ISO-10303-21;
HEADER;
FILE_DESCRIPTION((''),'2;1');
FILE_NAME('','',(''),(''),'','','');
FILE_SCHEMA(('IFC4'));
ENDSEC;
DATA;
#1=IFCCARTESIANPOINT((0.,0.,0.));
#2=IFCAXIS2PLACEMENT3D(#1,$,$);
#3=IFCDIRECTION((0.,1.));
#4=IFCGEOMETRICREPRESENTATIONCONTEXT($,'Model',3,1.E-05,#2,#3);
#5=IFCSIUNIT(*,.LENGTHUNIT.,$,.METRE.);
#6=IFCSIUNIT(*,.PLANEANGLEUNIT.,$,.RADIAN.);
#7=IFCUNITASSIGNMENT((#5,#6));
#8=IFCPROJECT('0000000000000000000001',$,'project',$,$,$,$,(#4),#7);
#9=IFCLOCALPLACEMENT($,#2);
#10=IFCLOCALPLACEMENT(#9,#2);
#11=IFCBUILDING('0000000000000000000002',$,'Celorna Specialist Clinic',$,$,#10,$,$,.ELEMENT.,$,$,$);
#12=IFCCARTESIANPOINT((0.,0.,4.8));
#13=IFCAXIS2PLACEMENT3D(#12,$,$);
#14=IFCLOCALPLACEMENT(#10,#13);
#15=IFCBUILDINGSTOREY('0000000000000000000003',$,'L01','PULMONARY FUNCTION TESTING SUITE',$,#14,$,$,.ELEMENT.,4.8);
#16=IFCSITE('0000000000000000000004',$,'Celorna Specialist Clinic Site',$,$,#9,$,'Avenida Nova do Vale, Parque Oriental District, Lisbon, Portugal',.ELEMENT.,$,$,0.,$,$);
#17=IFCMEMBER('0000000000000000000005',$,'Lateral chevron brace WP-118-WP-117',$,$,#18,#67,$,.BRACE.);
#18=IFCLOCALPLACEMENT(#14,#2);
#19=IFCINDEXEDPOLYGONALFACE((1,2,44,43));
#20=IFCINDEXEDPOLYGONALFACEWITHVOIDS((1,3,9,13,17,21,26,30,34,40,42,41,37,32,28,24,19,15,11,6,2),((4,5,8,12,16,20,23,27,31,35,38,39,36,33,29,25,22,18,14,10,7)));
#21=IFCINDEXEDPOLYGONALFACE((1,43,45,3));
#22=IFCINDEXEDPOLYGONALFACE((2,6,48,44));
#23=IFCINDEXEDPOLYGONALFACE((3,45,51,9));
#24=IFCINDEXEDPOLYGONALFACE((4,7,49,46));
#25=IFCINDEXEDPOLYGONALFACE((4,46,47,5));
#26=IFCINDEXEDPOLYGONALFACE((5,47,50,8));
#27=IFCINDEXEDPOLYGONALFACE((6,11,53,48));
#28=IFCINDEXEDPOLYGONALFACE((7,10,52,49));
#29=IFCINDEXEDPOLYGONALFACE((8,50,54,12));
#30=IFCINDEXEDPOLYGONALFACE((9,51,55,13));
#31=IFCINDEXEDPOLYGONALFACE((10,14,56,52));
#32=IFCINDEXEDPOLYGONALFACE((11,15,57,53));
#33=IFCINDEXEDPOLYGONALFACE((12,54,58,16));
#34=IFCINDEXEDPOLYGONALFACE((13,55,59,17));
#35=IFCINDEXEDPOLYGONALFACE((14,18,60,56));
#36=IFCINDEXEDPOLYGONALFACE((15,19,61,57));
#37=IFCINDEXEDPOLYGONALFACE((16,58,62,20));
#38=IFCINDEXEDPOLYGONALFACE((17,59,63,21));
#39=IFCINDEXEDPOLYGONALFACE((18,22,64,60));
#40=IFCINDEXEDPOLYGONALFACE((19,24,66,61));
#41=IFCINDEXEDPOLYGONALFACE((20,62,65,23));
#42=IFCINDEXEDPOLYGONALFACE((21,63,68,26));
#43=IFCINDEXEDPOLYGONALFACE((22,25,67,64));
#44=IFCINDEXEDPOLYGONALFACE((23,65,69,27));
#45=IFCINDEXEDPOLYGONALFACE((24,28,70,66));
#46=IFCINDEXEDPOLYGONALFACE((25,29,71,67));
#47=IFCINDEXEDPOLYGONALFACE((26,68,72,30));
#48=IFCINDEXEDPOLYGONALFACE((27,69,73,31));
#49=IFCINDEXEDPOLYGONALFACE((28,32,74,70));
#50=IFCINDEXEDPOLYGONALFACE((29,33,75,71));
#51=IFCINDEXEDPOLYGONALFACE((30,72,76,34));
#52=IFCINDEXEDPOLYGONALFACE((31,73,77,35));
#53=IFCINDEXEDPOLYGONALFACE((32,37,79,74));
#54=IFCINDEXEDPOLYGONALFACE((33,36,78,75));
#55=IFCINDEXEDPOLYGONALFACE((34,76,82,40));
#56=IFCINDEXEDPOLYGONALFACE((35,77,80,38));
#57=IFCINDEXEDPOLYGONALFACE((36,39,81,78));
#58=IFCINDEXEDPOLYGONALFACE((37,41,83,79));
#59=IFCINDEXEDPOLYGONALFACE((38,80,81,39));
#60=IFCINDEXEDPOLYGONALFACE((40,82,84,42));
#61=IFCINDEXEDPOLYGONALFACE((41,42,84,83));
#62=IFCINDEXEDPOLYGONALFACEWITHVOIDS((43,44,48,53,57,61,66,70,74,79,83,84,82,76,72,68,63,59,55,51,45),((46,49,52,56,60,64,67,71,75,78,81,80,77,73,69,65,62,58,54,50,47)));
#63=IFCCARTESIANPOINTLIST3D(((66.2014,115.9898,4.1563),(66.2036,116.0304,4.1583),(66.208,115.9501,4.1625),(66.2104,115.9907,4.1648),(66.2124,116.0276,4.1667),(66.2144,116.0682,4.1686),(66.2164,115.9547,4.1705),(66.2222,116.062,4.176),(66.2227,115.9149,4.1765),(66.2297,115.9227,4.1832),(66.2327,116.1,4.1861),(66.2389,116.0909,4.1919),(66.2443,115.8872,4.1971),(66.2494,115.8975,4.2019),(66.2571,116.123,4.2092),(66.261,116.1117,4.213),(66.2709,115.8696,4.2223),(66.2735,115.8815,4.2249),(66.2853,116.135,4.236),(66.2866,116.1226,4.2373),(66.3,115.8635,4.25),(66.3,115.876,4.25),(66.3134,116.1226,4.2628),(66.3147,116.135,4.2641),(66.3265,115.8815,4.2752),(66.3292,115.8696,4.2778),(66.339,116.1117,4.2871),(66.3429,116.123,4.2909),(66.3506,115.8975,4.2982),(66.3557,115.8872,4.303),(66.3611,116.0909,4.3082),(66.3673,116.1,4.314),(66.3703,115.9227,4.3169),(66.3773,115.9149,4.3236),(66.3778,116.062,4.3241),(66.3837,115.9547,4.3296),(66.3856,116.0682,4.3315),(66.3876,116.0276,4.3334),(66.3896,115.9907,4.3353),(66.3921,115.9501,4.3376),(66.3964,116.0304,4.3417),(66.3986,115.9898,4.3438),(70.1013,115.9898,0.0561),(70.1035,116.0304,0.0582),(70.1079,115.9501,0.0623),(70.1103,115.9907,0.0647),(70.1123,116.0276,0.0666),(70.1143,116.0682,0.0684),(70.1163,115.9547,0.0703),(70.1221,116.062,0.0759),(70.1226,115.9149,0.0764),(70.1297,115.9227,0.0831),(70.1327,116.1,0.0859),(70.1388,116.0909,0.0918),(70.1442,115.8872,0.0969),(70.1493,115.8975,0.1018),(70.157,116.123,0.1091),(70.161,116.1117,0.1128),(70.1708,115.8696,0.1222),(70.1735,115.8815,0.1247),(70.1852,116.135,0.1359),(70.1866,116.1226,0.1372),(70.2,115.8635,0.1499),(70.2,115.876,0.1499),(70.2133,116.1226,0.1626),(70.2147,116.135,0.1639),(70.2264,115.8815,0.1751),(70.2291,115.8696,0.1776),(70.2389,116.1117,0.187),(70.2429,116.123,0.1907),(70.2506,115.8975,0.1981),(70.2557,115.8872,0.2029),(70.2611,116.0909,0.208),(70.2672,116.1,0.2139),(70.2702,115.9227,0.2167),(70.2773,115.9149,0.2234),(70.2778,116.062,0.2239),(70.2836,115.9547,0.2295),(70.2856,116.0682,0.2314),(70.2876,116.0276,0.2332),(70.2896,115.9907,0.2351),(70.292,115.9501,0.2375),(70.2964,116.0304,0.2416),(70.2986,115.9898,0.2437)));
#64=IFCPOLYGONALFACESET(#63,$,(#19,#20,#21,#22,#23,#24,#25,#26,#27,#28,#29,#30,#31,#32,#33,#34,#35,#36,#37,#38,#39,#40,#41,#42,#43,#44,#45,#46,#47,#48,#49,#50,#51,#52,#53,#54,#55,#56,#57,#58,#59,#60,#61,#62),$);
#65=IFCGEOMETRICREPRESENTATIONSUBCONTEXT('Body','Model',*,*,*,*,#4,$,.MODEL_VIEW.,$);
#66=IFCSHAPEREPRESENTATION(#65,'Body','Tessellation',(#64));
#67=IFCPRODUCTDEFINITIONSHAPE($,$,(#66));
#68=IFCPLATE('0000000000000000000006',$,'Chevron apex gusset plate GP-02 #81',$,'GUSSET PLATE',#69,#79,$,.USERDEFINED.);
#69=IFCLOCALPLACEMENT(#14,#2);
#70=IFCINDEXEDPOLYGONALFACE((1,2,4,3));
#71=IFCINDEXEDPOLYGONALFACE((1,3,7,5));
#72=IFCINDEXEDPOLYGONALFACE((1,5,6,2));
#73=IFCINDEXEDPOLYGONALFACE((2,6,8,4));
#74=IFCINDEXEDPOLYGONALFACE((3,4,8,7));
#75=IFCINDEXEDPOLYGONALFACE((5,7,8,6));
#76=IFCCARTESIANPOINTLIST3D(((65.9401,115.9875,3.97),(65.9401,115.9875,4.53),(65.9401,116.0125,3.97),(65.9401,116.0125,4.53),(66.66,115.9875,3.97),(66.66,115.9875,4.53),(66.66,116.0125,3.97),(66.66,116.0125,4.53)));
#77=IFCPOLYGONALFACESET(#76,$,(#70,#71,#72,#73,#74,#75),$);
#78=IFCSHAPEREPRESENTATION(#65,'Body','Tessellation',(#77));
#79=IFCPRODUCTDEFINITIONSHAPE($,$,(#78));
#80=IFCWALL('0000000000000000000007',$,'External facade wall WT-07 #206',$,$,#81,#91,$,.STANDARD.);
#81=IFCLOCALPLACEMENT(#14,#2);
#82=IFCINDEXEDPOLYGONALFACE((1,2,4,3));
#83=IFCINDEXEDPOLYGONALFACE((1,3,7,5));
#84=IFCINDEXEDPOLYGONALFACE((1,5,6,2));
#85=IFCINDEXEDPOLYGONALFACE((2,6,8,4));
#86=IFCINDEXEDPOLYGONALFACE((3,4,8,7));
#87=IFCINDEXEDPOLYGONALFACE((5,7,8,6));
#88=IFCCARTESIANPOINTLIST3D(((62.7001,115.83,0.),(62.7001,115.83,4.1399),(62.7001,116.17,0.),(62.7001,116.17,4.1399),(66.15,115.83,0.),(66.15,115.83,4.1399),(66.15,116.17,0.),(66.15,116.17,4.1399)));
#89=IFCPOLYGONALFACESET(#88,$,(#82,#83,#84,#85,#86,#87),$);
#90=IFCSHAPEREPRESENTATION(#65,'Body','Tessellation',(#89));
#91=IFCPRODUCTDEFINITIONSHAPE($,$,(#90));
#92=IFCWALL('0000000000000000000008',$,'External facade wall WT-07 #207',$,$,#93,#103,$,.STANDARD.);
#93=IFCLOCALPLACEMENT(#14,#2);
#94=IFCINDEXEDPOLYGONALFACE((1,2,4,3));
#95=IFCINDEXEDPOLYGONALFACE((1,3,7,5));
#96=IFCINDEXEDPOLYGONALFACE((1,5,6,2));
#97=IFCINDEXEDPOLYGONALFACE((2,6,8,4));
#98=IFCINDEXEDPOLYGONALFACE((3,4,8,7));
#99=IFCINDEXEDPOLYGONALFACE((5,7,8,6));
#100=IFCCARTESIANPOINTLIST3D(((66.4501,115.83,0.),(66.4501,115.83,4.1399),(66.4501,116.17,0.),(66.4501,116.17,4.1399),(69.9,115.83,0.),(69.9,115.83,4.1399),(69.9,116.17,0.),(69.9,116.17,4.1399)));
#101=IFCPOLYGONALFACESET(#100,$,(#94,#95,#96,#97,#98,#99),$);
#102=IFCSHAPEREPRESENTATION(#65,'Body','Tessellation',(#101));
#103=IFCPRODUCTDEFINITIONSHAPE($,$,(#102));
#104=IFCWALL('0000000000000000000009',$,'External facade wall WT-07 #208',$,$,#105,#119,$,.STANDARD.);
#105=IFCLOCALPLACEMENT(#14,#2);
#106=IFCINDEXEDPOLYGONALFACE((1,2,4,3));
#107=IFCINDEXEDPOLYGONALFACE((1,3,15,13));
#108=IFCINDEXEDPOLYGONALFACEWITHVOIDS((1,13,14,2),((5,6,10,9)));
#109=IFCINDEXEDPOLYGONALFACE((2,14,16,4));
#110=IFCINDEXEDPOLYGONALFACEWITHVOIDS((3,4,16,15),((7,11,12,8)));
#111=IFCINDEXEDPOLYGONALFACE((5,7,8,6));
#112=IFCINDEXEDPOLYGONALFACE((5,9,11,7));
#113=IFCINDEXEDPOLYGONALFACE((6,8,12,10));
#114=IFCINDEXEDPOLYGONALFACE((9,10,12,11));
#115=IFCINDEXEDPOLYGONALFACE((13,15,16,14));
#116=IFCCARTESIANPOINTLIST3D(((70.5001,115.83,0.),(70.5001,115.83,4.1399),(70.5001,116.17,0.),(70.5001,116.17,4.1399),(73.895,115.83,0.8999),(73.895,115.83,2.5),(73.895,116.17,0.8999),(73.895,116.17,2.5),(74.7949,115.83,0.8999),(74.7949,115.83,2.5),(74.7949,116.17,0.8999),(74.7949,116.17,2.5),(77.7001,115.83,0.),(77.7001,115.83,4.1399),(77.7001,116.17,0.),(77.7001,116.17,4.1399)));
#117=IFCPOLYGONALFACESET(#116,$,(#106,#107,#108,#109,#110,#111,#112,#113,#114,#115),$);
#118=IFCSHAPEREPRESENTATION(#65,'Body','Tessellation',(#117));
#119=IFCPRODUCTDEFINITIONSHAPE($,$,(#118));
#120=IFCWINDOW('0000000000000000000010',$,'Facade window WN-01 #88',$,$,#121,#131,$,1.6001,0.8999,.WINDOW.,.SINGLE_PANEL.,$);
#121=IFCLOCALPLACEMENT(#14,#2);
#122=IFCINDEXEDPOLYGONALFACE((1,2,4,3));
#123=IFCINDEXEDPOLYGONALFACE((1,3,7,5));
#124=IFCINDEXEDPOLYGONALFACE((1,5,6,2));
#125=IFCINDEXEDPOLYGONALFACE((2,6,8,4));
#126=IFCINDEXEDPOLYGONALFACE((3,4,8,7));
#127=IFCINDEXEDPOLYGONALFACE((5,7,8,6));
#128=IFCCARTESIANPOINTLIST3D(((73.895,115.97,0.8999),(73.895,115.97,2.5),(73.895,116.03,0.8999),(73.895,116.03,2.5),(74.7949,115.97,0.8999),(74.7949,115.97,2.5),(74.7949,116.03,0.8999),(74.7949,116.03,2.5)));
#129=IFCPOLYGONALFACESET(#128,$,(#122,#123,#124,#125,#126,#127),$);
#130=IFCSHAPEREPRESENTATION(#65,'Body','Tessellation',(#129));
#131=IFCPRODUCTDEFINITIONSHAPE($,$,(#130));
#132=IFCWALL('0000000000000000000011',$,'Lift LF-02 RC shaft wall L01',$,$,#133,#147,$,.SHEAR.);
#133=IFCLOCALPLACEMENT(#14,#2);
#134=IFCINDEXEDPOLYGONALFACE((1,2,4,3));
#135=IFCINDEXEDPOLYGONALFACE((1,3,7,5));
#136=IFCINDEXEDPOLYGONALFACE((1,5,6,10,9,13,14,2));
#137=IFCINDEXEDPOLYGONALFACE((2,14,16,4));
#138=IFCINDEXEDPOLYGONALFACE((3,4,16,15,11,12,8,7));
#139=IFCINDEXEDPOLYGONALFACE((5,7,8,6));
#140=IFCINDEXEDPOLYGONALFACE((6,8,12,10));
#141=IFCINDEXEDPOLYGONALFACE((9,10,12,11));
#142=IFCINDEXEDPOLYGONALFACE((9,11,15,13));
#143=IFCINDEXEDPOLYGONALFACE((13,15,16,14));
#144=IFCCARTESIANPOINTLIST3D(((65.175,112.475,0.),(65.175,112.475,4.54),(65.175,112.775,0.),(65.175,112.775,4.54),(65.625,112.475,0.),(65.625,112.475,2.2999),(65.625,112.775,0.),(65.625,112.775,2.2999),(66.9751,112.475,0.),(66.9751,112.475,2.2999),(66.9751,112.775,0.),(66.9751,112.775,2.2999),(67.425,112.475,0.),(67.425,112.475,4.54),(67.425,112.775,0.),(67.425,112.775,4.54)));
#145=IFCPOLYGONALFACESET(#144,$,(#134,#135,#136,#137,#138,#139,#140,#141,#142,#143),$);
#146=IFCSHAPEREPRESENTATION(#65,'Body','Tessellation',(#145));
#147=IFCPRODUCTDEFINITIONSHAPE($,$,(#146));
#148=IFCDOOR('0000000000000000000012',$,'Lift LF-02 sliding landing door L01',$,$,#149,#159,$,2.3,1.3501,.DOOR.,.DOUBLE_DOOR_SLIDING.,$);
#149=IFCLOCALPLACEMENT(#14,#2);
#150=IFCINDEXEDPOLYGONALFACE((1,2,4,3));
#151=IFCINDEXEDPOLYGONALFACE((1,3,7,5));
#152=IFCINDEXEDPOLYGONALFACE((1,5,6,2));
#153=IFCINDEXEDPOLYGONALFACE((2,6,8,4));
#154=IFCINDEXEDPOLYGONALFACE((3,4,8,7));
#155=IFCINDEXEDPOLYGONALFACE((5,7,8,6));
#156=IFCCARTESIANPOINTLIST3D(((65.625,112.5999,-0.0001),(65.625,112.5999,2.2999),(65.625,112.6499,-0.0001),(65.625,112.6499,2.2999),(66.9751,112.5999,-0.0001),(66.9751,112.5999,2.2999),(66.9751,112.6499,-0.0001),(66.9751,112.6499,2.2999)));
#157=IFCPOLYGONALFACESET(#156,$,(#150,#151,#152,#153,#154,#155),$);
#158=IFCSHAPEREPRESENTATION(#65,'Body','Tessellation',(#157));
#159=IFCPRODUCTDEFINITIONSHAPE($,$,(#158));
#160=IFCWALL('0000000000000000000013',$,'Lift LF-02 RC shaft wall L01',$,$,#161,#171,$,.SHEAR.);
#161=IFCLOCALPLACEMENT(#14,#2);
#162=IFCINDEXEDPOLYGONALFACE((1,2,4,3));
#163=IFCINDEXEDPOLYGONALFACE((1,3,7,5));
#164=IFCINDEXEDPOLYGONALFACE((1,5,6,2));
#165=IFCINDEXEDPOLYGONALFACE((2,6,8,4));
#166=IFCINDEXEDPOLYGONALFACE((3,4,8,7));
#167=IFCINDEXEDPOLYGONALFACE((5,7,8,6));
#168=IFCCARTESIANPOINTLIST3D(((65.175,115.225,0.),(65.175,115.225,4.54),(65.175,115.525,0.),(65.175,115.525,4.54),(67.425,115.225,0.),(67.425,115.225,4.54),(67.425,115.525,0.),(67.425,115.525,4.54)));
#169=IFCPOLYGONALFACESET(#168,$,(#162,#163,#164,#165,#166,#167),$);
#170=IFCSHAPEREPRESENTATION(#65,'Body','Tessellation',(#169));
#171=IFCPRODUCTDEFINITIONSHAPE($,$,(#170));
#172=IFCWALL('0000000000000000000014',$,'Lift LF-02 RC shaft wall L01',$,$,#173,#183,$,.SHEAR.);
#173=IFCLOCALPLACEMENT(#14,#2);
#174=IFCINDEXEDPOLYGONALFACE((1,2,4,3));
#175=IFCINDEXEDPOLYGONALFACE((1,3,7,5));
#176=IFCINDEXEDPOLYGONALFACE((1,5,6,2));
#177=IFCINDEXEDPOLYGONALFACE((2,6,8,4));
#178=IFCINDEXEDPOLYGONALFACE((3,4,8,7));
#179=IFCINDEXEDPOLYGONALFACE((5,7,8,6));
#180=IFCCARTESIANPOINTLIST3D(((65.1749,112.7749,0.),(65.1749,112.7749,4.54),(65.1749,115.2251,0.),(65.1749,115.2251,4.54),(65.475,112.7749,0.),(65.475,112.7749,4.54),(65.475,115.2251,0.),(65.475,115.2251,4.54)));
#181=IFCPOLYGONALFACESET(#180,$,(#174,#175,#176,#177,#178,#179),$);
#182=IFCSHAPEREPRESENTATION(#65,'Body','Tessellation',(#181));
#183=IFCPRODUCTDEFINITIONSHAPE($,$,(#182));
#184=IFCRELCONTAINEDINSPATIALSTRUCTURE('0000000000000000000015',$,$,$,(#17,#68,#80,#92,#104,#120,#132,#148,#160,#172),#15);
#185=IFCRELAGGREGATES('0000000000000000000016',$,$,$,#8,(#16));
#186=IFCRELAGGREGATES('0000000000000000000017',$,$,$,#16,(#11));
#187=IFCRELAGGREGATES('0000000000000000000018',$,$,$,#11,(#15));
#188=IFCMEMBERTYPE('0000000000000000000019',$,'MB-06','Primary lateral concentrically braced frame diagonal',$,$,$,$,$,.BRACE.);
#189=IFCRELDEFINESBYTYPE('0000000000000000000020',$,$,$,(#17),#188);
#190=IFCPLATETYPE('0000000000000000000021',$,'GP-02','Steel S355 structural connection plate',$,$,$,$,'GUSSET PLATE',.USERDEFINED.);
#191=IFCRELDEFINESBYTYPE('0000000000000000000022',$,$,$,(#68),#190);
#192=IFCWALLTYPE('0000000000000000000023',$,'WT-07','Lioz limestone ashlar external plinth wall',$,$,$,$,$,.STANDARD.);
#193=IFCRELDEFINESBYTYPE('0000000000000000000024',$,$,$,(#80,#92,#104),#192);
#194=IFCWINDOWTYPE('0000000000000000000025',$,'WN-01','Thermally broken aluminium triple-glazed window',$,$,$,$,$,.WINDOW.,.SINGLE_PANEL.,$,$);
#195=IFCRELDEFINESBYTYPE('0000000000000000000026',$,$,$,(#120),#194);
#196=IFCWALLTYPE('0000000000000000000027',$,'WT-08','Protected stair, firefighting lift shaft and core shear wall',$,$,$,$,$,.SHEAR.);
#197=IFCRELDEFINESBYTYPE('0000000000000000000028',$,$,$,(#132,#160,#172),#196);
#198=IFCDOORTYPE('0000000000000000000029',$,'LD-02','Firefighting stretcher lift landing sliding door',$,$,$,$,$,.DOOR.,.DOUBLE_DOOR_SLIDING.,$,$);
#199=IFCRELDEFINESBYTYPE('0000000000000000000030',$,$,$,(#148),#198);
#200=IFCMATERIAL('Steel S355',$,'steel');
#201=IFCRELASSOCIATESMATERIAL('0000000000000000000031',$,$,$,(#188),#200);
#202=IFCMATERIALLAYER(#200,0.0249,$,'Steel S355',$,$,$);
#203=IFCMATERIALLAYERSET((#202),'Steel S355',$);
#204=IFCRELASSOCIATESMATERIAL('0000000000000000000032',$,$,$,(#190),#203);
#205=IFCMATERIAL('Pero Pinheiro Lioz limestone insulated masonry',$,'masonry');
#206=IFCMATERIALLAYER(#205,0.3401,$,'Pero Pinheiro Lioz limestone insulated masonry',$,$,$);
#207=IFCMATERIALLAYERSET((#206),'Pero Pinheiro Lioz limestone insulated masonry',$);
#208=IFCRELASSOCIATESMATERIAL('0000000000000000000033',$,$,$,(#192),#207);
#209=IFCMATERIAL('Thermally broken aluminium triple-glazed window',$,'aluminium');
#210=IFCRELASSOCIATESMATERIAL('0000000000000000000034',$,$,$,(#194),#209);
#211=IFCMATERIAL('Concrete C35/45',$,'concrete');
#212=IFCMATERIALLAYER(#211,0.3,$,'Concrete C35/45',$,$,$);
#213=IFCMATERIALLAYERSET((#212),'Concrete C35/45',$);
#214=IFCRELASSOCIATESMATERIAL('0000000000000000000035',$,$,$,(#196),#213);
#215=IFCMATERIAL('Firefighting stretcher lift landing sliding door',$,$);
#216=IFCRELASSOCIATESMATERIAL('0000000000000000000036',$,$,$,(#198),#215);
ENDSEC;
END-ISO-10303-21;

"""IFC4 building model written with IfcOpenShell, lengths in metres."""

from ifc_helpers import new_model, si_unit, direction, frame, frame_2d, origin, origin_2d, place, context, subcontext, project, spatial, rectangle, hollow_circle, extrude, material, layer, layer_set, material_profile, profile_set, type_object, element, fill, save


model = new_model("IFC4")

# Units and contexts
model_context = context("Model", 3, precision=1e-05, world=origin(), true_north=direction((0.0, 1.0)))
body_context = subcontext(model_context, "Body", "Model", "MODEL_VIEW")
ifc_project = project(units=[si_unit("LENGTHUNIT", "METRE"), si_unit("PLANEANGLEUNIT", "RADIAN")], contexts=[model_context])

# Site, building, storey
site_placement = place(None, origin())
site = spatial("IfcSite", under=ifc_project, at=site_placement, Name="Celorna Specialist Clinic Site", LongName="Avenida Nova do Vale, Parque Oriental District, Lisbon, Portugal", CompositionType="ELEMENT", RefElevation=0.0)
building_placement = place(site_placement, origin())
building = spatial("IfcBuilding", under=site, at=building_placement, Name="Celorna Specialist Clinic", CompositionType="ELEMENT")
storey_placement = place(building_placement, frame((0.0, 0.0, 4.8)))
storey = spatial("IfcBuildingStorey", under=building, at=storey_placement, Name="L01", Description="PULMONARY FUNCTION TESTING SUITE", CompositionType="ELEMENT", Elevation=4.8)

# Shared definitions
ifc_material_1 = material(Name="Steel S355", Category="steel")

# Member
ifc_material_profile_1 = material_profile(ifc_material_1, hollow_circle(Radius=0.1365, WallThickness=0.0125, at=origin_2d()), Name="CHS 273x12.5")
ifc_profile_set_1 = profile_set([ifc_material_profile_1], Name="Steel S355")
member_type = type_object("IfcMemberType", Name="MB-06", Description="Primary lateral concentrically braced frame diagonal", PredefinedType="BRACE", material=ifc_profile_set_1)
for number, where, z_axis, x_axis, name in (
    (1, (70.2, 116.0, 0.1499), (-0.689196, 0.0, 0.724575), (0.0, -1.0, 0.0), "Lateral chevron brace WP-118-WP-117"),
):
    element("IfcMember", number, at=place(storey_placement, frame(where, z_axis=z_axis, x_axis=x_axis)), inside=storey, type_object=member_type, Name=name, PredefinedType="BRACE", context=body_context, shape_type="SweptSolid", body=[
        extrude(hollow_circle(Radius=0.1365, WallThickness=0.0125, at=origin_2d()), origin(), (0.0, 0.0, 1.0), 5.6587),
    ])

# Plate
ifc_layer_1 = layer(ifc_material_1, 0.0249, Name="Steel S355")
ifc_layer_set_1 = layer_set([ifc_layer_1], Name="Steel S355")
plate_type = type_object("IfcPlateType", Name="GP-02", Description="Steel S355 structural connection plate", ElementType="GUSSET PLATE", PredefinedType="USERDEFINED", material=ifc_layer_set_1)
plate_placement = place(storey_placement, frame((66.3, 116.0, 3.97), z_axis=(0.0, 0.0, 1.0), x_axis=(1.0, 0.0, 0.0)))
element("IfcPlate", 2, at=plate_placement, inside=storey, type_object=plate_type, Name="Chevron apex gusset plate GP-02 #81", ObjectType="GUSSET PLATE", PredefinedType="USERDEFINED", context=body_context, shape_type="SweptSolid", body=[
    extrude(rectangle(XDim=0.72, YDim=0.0249, at=origin_2d()), origin(), (0.0, 0.0, 1.0), 0.5601),
])

# Walls
ifc_material_2 = material(Name="Pero Pinheiro Lioz limestone insulated masonry", Category="masonry")
ifc_layer_2 = layer(ifc_material_2, 0.3401, Name="Pero Pinheiro Lioz limestone insulated masonry")
ifc_layer_set_2 = layer_set([ifc_layer_2], Name="Pero Pinheiro Lioz limestone insulated masonry")
wall_type_1 = type_object("IfcWallType", Name="WT-07", Description="Lioz limestone ashlar external plinth wall", PredefinedType="STANDARD", material=ifc_layer_set_2)
for number, where, z_axis, x_axis, name in (
    (3, (62.7, 116.0, 0.0), (0.0, 0.0, 1.0), (1.0, 0.0, 0.0), "External facade wall WT-07 #206"),
    (4, (66.45, 116.0, 0.0), (0.0, 0.0, 1.0), (1.0, 0.0, 0.0), "External facade wall WT-07 #207"),
):
    element("IfcWall", number, at=place(storey_placement, frame(where, z_axis=z_axis, x_axis=x_axis)), inside=storey, type_object=wall_type_1, Name=name, PredefinedType="STANDARD", context=body_context, shape_type="SweptSolid", body=[
        extrude(rectangle(XDim=3.45, YDim=0.3401, at=frame_2d((1.7251, 0.0))), origin(), (0.0, 0.0, 1.0), 4.1399),
    ])

# Wall, opening, window
wall_1_placement = place(storey_placement, frame((70.5, 116.0, 0.0), z_axis=(0.0, 0.0, 1.0), x_axis=(1.0, 0.0, 0.0)))
wall_1 = element("IfcWall", 5, at=wall_1_placement, inside=storey, type_object=wall_type_1, Name="External facade wall WT-07 #208", PredefinedType="STANDARD", context=body_context, shape_type="SweptSolid", body=[
    extrude(rectangle(XDim=7.2, YDim=0.3401, at=frame_2d((3.6001, 0.0))), origin(), (0.0, 0.0, 1.0), 4.1399),
])
opening_1_placement = place(wall_1_placement, frame((3.395, 0.0, 0.8999)))
opening_1 = element("IfcOpeningElement", 6, at=opening_1_placement, cuts=wall_1, PredefinedType="OPENING", context=body_context, shape_type="SweptSolid", body=[
    extrude(rectangle(XDim=0.8999, YDim=1.6001, at=frame_2d((0.45, 0.8))), frame((0.0, 0.1799, 0.0), z_axis=(0.0, -1.0, 0.0), x_axis=(1.0, 0.0, 0.0)), (0.0, 0.0, 1.0), 0.3601),
])
ifc_material_3 = material(Name="Thermally broken aluminium triple-glazed window", Category="aluminium")
window_type = type_object("IfcWindowType", Name="WN-01", Description="Thermally broken aluminium triple-glazed window", PartitioningType="SINGLE_PANEL", PredefinedType="WINDOW", material=ifc_material_3)
window_placement = place(opening_1_placement, origin())
window = element("IfcWindow", 7, at=window_placement, inside=storey, type_object=window_type, Name="Facade window WN-01 #88", OverallHeight=1.6001, OverallWidth=0.8999, PartitioningType="SINGLE_PANEL", PredefinedType="WINDOW", context=body_context, shape_type="SweptSolid", body=[
    extrude(rectangle(XDim=0.8999, YDim=1.6001, at=frame_2d((0.45, 0.8))), frame((0.0, 0.03, 0.0), z_axis=(0.0, -1.0, 0.0), x_axis=(1.0, 0.0, 0.0)), (0.0, 0.0, 1.0), 0.0601),
])
fill(opening_1, window)

# Wall, opening, door
ifc_material_4 = material(Name="Concrete C35/45", Category="concrete")
ifc_layer_3 = layer(ifc_material_4, 0.3, Name="Concrete C35/45")
ifc_layer_set_3 = layer_set([ifc_layer_3], Name="Concrete C35/45")
wall_type_2 = type_object("IfcWallType", Name="WT-08", Description="Protected stair, firefighting lift shaft and core shear wall", PredefinedType="SHEAR", material=ifc_layer_set_3)
wall_2_placement = place(storey_placement, frame((65.175, 112.625, 0.0), z_axis=(0.0, 0.0, 1.0), x_axis=(1.0, 0.0, 0.0)))
wall_2 = element("IfcWall", 8, at=wall_2_placement, inside=storey, type_object=wall_type_2, Name="Lift LF-02 RC shaft wall L01", PredefinedType="SHEAR", context=body_context, shape_type="SweptSolid", body=[
    extrude(rectangle(XDim=2.25, YDim=0.3, at=frame_2d((1.125, 0.0))), origin(), (0.0, 0.0, 1.0), 4.54),
])
opening_2_placement = place(wall_2_placement, frame((0.45, 0.0, 0.0)))
opening_2 = element("IfcOpeningElement", 9, at=opening_2_placement, cuts=wall_2, PredefinedType="OPENING", context=body_context, shape_type="SweptSolid", body=[
    extrude(rectangle(XDim=1.3501, YDim=2.3, at=frame_2d((0.675, 1.1499))), frame((0.0, 0.1599, 0.0), z_axis=(0.0, -1.0, 0.0), x_axis=(1.0, 0.0, 0.0)), (0.0, 0.0, 1.0), 0.3201),
])
ifc_material_5 = material(Name="Firefighting stretcher lift landing sliding door")
door_type = type_object("IfcDoorType", Name="LD-02", Description="Firefighting stretcher lift landing sliding door", OperationType="DOUBLE_DOOR_SLIDING", PredefinedType="DOOR", material=ifc_material_5)
door_placement = place(opening_2_placement, origin())
door = element("IfcDoor", 10, at=door_placement, inside=storey, type_object=door_type, Name="Lift LF-02 sliding landing door L01", OperationType="DOUBLE_DOOR_SLIDING", OverallHeight=2.3, OverallWidth=1.3501, PredefinedType="DOOR", context=body_context, shape_type="SweptSolid", body=[
    extrude(rectangle(XDim=1.3501, YDim=2.3, at=frame_2d((0.675, 1.1499))), frame((0.0, 0.0249, 0.0), z_axis=(0.0, -1.0, 0.0), x_axis=(1.0, 0.0, 0.0)), (0.0, 0.0, 1.0), 0.05),
])
fill(opening_2, door)

# Walls
wall_3_placement = place(storey_placement, frame((67.425, 115.375, 0.0), z_axis=(0.0, 0.0, 1.0), x_axis=(-1.0, 0.0, 0.0)))
element("IfcWall", 11, at=wall_3_placement, inside=storey, type_object=wall_type_2, Name="Lift LF-02 RC shaft wall L01", PredefinedType="SHEAR", context=body_context, shape_type="SweptSolid", body=[
    extrude(rectangle(XDim=2.25, YDim=0.3, at=frame_2d((1.125, 0.0))), origin(), (0.0, 0.0, 1.0), 4.54),
])
for number, where, z_axis, x_axis, name in (
    (12, (65.325, 115.2251, 0.0), (0.0, 0.0, 1.0), (0.0, -1.0, 0.0), "Lift LF-02 RC shaft wall L01"),
):
    element("IfcWall", number, at=place(storey_placement, frame(where, z_axis=z_axis, x_axis=x_axis)), inside=storey, type_object=wall_type_2, Name=name, PredefinedType="SHEAR", context=body_context, shape_type="SweptSolid", body=[
        extrude(rectangle(XDim=2.4502, YDim=0.3, at=frame_2d((1.2251, 0.0))), origin(), (0.0, 0.0, 1.0), 4.54),
    ])

save(model, "model.ifc")
